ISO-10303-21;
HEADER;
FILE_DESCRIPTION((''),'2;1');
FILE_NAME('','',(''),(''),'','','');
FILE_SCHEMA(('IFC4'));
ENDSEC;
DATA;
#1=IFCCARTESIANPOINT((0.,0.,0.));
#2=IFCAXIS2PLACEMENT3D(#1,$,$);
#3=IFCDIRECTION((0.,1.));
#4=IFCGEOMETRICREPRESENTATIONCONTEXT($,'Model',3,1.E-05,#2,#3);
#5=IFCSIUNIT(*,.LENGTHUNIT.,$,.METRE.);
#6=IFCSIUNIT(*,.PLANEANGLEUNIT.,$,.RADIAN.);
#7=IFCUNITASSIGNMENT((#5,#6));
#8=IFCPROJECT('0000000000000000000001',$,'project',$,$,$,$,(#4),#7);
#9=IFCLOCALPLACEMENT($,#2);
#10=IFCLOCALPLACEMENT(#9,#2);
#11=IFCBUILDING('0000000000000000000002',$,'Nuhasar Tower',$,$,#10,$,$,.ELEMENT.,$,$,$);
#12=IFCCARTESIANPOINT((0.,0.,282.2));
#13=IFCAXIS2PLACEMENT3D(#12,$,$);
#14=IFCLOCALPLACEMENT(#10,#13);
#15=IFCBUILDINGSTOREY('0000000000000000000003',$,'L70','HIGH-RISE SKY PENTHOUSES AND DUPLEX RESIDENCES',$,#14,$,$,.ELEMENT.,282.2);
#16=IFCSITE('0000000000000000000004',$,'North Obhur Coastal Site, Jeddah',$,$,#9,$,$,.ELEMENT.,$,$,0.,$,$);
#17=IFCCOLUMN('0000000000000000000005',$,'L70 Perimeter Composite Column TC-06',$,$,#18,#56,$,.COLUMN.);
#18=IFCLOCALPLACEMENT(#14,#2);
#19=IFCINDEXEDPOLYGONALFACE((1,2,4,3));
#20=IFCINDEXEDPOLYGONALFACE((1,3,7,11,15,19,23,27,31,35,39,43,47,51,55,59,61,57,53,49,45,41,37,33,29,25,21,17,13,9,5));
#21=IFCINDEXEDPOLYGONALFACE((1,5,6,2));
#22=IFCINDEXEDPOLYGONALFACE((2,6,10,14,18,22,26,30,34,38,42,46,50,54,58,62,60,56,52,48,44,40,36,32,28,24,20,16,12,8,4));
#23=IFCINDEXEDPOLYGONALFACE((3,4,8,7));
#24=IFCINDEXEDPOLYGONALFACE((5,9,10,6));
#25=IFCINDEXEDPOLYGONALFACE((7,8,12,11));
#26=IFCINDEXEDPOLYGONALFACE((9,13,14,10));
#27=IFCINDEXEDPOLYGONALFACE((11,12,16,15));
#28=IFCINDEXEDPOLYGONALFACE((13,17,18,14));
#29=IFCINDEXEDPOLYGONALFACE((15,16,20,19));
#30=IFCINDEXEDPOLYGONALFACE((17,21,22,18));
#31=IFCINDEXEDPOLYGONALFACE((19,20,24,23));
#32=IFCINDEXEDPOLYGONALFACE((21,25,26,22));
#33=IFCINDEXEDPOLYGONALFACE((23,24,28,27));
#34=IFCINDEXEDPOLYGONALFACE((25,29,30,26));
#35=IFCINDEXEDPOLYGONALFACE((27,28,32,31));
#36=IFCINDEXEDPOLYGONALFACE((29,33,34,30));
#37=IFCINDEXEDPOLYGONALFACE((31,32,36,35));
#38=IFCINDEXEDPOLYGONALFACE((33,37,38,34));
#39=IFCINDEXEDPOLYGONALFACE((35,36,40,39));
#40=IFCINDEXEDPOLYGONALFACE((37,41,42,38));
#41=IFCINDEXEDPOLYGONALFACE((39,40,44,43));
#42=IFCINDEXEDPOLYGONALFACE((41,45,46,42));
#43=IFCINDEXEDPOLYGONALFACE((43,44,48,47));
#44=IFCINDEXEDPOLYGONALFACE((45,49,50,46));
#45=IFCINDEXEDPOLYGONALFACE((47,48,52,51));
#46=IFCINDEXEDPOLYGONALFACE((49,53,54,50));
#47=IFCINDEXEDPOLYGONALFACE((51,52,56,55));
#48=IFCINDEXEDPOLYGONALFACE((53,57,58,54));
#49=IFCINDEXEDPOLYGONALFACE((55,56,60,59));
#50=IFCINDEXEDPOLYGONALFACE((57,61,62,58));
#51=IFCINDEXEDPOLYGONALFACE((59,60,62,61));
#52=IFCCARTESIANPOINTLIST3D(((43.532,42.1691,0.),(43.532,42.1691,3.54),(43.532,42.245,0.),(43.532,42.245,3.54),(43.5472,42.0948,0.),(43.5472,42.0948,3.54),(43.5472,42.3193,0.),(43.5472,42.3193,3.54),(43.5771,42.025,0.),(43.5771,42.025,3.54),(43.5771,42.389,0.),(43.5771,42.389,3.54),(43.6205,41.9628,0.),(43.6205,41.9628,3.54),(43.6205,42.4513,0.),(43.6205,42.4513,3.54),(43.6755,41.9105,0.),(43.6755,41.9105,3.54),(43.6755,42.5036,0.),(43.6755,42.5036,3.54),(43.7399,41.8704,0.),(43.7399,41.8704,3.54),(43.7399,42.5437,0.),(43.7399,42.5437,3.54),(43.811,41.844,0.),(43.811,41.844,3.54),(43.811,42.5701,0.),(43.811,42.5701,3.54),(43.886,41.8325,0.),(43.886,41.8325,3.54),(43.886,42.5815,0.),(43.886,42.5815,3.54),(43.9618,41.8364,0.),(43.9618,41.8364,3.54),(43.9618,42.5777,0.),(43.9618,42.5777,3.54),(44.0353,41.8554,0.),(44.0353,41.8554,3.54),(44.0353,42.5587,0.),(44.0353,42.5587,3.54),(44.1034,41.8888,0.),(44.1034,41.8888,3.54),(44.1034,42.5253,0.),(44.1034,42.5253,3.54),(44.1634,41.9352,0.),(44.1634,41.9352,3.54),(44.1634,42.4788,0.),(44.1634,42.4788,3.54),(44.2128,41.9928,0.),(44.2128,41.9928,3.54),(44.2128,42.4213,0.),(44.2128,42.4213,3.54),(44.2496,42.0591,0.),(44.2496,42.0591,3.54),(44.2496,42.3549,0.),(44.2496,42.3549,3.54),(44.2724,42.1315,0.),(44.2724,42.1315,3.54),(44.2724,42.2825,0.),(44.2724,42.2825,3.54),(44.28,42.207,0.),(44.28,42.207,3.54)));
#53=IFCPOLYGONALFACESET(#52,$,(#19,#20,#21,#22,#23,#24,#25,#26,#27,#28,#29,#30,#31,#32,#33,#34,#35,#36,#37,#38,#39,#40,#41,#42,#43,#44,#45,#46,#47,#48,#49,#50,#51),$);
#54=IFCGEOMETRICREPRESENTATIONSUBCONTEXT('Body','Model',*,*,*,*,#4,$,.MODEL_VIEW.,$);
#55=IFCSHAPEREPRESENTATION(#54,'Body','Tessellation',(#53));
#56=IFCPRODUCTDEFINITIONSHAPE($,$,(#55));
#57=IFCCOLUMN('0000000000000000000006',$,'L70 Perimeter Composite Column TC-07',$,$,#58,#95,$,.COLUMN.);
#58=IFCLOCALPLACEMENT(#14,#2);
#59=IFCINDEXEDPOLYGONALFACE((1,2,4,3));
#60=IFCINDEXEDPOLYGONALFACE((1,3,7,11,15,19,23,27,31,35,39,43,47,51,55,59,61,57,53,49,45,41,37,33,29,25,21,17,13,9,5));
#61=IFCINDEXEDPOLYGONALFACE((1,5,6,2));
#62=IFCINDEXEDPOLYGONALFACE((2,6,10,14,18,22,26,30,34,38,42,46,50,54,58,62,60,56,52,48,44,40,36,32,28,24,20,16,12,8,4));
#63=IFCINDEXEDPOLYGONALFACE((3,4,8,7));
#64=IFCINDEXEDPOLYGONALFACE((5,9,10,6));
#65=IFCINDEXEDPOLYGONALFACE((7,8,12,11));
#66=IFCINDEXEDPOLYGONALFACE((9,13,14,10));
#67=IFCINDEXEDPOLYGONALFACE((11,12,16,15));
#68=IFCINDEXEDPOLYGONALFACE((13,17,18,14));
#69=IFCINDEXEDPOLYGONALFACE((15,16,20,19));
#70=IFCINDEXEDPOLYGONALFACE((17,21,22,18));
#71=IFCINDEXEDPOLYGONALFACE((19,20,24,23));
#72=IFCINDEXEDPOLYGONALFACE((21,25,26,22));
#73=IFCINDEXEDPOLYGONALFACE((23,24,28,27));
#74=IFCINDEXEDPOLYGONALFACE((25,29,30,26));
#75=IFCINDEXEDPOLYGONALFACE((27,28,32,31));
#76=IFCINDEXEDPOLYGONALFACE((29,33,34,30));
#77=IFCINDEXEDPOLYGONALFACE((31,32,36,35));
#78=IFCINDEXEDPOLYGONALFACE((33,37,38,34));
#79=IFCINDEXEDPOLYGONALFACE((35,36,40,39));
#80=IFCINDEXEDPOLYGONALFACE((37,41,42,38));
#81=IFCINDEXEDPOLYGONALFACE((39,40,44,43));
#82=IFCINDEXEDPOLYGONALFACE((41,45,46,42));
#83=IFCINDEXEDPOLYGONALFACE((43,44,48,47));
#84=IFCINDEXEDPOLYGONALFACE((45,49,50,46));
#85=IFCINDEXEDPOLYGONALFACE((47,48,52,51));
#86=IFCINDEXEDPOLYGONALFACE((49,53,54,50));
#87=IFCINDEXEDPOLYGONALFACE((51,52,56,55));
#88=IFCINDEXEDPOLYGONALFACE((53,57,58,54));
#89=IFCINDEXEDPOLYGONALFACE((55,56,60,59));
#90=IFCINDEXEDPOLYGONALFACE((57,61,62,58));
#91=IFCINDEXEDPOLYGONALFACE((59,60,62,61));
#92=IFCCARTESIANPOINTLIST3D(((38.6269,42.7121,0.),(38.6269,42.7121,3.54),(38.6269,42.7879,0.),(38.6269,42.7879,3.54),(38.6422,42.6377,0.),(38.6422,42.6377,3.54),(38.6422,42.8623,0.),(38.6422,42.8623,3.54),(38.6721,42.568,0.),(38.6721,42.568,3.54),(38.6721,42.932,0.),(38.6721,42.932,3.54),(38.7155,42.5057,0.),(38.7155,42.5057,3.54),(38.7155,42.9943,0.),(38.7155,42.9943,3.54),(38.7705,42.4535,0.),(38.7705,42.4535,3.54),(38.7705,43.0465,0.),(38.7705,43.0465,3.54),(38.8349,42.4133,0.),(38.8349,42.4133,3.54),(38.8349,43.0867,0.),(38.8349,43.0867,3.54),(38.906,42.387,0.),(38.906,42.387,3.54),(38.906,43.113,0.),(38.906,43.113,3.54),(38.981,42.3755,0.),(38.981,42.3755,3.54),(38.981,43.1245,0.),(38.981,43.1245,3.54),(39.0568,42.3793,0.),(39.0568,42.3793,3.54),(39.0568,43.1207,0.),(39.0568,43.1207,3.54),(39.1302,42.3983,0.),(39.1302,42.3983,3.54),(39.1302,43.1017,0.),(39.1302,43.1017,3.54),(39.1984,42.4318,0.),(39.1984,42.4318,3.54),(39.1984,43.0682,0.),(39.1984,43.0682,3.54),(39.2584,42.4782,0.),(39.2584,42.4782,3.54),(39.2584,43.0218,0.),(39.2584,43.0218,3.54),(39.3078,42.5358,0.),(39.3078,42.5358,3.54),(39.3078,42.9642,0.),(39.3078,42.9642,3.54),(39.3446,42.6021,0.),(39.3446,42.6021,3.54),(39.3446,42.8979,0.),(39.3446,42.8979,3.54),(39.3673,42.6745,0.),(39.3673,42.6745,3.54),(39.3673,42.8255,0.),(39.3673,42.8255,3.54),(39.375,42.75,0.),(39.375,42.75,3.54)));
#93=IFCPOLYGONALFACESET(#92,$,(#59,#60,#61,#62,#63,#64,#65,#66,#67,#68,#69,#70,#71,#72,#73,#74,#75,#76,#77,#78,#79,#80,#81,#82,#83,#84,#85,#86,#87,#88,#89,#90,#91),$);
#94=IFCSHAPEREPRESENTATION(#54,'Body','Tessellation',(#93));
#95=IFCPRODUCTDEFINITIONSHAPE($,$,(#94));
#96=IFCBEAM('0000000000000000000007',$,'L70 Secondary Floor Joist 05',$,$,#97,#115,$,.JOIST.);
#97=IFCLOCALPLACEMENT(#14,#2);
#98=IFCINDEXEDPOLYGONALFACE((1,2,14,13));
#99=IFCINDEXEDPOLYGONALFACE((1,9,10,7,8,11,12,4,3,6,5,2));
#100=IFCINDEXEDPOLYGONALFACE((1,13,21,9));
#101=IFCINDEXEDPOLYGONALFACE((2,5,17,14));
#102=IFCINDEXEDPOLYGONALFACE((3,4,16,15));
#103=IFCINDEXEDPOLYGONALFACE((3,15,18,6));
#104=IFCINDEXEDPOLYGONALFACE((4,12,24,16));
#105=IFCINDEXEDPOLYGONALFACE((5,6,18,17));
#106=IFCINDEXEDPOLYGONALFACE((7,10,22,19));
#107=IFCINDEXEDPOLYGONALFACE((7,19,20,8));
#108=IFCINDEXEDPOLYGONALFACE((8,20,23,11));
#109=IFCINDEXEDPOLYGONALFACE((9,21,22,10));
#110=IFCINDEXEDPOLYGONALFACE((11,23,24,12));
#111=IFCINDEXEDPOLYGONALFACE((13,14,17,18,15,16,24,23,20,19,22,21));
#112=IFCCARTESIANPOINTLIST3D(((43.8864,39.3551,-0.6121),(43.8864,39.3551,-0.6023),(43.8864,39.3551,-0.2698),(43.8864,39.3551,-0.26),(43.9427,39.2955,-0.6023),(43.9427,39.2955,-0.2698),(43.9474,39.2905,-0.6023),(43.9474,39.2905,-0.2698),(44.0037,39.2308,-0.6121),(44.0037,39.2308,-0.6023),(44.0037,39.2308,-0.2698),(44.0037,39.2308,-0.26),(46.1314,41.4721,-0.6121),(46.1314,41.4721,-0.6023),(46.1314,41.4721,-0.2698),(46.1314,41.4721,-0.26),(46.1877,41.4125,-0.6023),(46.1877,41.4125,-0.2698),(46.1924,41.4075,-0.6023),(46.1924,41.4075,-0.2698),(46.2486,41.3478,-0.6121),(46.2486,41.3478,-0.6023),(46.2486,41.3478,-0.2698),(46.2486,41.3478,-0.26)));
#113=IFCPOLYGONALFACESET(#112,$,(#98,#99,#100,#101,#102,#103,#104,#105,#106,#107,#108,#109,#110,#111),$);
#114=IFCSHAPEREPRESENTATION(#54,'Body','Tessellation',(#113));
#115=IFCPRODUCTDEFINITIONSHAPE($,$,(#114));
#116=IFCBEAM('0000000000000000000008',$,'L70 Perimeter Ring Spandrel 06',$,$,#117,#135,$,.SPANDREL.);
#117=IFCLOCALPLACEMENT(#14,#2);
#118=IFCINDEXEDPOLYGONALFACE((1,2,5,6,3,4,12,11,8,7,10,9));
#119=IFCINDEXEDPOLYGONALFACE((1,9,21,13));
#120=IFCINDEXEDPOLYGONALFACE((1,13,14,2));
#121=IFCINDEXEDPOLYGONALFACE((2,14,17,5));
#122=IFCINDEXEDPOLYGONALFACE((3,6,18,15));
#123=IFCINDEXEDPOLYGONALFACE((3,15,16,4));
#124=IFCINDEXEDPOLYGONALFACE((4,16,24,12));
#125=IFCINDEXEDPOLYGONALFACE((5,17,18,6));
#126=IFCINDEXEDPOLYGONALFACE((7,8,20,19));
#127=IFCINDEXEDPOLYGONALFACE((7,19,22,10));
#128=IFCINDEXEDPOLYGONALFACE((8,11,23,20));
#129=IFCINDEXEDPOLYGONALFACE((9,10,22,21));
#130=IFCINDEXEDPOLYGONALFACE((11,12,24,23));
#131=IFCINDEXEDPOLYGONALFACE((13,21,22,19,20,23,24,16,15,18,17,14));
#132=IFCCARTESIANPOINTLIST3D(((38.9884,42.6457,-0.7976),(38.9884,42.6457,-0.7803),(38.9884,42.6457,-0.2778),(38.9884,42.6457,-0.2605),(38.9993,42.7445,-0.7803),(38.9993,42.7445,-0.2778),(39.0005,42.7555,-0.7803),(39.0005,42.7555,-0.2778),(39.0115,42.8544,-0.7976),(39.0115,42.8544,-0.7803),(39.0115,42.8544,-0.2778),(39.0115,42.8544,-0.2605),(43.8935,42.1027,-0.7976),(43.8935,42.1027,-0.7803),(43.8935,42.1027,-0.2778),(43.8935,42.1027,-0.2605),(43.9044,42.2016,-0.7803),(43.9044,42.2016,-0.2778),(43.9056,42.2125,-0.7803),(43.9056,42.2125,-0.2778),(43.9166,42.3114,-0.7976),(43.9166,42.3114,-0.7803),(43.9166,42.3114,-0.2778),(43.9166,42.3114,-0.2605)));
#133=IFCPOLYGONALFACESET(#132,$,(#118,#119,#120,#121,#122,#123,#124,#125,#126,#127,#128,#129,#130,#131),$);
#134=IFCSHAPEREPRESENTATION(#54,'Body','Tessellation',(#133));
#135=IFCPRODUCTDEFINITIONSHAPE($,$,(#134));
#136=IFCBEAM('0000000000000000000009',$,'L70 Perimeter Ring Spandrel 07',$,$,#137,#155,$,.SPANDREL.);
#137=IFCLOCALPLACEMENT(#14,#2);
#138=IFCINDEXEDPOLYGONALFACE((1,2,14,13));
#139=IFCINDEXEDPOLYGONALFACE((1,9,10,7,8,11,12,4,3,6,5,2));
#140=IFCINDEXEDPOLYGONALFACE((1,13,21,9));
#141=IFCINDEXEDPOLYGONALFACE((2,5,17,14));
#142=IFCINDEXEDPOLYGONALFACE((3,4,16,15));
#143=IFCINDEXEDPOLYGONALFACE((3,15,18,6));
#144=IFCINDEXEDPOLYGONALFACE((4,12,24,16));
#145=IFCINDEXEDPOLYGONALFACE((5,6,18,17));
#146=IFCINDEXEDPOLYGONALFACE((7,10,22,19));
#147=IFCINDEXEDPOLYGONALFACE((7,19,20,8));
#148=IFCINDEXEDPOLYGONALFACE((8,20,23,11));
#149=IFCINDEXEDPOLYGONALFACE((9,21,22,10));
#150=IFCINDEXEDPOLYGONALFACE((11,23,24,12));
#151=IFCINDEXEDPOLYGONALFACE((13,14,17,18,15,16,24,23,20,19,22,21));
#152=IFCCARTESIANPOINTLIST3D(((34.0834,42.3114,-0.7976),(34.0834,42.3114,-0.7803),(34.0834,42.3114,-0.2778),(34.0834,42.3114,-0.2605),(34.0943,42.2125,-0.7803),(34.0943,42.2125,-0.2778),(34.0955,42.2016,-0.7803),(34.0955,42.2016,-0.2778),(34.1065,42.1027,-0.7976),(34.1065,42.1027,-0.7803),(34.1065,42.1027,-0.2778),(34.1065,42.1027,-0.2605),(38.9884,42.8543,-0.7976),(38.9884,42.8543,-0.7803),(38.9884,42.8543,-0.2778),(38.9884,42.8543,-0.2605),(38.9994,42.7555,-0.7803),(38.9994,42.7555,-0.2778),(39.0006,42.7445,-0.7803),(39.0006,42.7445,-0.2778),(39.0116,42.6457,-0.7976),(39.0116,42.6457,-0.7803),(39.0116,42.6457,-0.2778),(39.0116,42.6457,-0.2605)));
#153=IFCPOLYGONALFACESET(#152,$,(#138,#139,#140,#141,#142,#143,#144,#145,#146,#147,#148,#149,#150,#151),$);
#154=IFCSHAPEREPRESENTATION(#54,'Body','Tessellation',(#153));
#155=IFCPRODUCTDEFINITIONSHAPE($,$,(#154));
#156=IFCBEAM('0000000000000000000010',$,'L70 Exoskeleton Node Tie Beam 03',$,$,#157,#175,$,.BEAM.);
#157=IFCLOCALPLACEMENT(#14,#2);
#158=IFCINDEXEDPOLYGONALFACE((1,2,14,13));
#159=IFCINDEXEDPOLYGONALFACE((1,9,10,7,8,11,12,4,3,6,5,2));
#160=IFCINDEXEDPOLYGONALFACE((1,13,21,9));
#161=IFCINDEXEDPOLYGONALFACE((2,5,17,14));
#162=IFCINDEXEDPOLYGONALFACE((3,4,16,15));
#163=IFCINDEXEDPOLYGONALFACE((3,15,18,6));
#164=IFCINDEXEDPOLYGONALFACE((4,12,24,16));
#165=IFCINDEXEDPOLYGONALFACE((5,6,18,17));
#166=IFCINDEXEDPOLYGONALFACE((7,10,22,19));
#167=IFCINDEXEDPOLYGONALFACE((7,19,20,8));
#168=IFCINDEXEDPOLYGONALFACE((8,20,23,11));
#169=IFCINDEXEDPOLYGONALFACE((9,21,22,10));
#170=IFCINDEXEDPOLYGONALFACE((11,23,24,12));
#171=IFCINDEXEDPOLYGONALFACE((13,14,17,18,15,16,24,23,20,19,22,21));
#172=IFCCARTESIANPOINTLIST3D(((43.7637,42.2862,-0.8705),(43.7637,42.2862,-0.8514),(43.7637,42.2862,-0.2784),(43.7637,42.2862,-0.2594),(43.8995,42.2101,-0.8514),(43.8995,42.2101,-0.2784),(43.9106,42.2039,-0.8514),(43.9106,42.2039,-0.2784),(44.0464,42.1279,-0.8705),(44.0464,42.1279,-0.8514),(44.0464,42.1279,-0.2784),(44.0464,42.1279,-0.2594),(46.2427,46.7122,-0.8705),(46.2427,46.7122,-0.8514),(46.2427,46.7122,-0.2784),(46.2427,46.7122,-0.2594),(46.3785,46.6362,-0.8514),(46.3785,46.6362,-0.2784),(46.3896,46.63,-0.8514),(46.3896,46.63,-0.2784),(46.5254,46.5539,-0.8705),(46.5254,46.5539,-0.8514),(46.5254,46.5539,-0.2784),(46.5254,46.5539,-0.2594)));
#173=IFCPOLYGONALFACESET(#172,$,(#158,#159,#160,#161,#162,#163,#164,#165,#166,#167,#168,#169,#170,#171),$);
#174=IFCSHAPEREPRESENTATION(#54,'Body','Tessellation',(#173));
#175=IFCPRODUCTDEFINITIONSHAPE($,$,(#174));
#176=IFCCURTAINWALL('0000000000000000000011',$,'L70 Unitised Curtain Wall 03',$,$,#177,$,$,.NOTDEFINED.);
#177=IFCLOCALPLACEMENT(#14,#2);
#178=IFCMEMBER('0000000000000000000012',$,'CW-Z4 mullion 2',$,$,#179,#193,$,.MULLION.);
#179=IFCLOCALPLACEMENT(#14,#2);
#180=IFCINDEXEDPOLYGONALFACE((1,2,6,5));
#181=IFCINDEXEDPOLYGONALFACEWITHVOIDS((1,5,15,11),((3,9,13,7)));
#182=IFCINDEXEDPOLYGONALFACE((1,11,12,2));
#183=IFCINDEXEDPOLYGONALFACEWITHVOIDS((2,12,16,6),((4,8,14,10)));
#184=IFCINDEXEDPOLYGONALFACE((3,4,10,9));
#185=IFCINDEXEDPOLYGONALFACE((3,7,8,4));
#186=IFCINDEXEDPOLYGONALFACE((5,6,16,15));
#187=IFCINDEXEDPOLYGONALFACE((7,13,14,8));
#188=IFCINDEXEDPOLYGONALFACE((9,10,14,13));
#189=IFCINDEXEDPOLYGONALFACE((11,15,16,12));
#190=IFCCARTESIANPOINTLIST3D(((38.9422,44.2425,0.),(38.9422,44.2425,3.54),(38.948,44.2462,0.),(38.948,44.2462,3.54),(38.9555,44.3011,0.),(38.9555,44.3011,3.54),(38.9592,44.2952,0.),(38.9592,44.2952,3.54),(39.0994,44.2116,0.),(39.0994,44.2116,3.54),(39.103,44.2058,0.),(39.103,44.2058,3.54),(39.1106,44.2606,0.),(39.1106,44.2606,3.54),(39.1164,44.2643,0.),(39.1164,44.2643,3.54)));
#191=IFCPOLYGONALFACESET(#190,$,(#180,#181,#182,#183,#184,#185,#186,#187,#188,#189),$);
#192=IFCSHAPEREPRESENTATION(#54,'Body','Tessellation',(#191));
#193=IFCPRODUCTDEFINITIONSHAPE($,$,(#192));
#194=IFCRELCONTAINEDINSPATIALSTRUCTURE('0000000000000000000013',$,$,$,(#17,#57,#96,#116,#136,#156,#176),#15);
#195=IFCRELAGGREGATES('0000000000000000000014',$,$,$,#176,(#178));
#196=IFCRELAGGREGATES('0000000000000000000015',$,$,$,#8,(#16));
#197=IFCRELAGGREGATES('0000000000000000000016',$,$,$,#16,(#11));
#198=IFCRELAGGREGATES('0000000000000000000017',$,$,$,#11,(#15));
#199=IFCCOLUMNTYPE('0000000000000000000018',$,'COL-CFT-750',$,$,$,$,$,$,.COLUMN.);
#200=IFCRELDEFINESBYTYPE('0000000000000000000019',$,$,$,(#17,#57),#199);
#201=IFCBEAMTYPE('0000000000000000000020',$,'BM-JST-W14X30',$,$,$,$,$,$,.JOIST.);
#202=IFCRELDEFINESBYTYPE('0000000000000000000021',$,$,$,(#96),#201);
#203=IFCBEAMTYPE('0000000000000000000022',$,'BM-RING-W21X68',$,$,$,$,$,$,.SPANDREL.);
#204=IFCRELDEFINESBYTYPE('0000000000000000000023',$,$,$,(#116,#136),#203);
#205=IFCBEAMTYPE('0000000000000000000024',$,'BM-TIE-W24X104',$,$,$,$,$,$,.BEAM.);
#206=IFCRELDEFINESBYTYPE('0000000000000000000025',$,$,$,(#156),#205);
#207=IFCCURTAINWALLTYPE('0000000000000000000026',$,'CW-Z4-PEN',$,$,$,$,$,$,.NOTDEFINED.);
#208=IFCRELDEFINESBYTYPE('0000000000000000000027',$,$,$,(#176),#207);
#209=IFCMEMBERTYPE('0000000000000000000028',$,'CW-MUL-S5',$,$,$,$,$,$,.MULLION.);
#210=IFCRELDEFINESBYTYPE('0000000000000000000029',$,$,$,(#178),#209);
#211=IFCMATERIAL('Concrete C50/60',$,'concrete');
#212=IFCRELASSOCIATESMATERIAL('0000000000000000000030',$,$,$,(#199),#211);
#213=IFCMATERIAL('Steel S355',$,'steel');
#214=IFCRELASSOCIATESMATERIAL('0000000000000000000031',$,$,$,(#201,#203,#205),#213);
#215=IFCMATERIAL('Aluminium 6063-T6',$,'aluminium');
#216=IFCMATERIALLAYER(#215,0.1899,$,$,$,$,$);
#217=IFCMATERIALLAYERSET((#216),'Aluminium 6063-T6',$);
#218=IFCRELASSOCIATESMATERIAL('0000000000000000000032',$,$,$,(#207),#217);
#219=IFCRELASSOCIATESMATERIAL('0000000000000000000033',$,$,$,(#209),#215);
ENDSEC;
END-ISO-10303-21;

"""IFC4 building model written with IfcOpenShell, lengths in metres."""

from ifc_helpers import new_model, si_unit, direction, frame, origin, origin_2d, place, context, subcontext, project, spatial, hollow_rectangle, circle, i_section, extrude, material, layer, layer_set, material_profile, profile_set, type_object, element, aggregate, save


model = new_model("IFC4")

# Units and contexts
model_context = context("Model", 3, precision=1e-05, world=origin(), true_north=direction((0.0, 1.0)))
body_context = subcontext(model_context, "Body", "Model", "MODEL_VIEW")
ifc_project = project(units=[si_unit("LENGTHUNIT", "METRE"), si_unit("PLANEANGLEUNIT", "RADIAN")], contexts=[model_context])

# Site, building, storey
site_placement = place(None, origin())
site = spatial("IfcSite", under=ifc_project, at=site_placement, Name="North Obhur Coastal Site, Jeddah", CompositionType="ELEMENT", RefElevation=0.0)
building_placement = place(site_placement, origin())
building = spatial("IfcBuilding", under=site, at=building_placement, Name="Nuhasar Tower", CompositionType="ELEMENT")
storey_placement = place(building_placement, frame((0.0, 0.0, 282.2)))
storey = spatial("IfcBuildingStorey", under=building, at=storey_placement, Name="L70", Description="HIGH-RISE SKY PENTHOUSES AND DUPLEX RESIDENCES", CompositionType="ELEMENT", Elevation=282.2)

# Columns
ifc_material_1 = material(Name="Concrete C50/60", Category="concrete")
ifc_material_profile_1 = material_profile(ifc_material_1, circle(Radius=0.375, at=origin_2d()), Name="CFT750")
ifc_profile_set_1 = profile_set([ifc_material_profile_1], Name="Concrete C50/60")
column_type = type_object("IfcColumnType", Name="COL-CFT-750", PredefinedType="COLUMN", material=ifc_profile_set_1)
for number, where, z_axis, x_axis, name in (
    (1, (43.905, 42.207, 0.0), (0.0, 0.0, 1.0), (1.0, 0.0, 0.0), "L70 Perimeter Composite Column TC-06"),
    (2, (39.0, 42.75, 0.0), (0.0, 0.0, 1.0), (1.0, 0.0, 0.0), "L70 Perimeter Composite Column TC-07"),
):
    element("IfcColumn", number, at=place(storey_placement, frame(where, z_axis=z_axis, x_axis=x_axis)), inside=storey, type_object=column_type, Name=name, PredefinedType="COLUMN", context=body_context, shape_type="SweptSolid", body=[
        extrude(circle(Radius=0.375, at=origin_2d()), origin(), (0.0, 0.0, 1.0), 3.54),
    ])

# Beams
ifc_material_2 = material(Name="Steel S355", Category="steel")
ifc_material_profile_2 = material_profile(ifc_material_2, i_section(OverallWidth=0.1709, OverallDepth=0.3521, WebThickness=0.0068, FlangeThickness=0.0098, at=origin_2d()), Name="W14X30")
ifc_profile_set_2 = profile_set([ifc_material_profile_2], Name="Steel S355")
beam_type_1 = type_object("IfcBeamType", Name="BM-JST-W14X30", PredefinedType="JOIST", material=ifc_profile_set_2)
beam_1_placement = place(storey_placement, frame((43.9451, 39.293, -0.436), z_axis=(0.727533, 0.686073, 0.0), x_axis=(-0.686073, 0.727533, 0.0)))
element("IfcBeam", 3, at=beam_1_placement, inside=storey, type_object=beam_type_1, Name="L70 Secondary Floor Joist 05", PredefinedType="JOIST", context=body_context, shape_type="SweptSolid", body=[
    extrude(i_section(OverallWidth=0.1709, OverallDepth=0.3521, WebThickness=0.0068, FlangeThickness=0.0098, at=origin_2d()), origin(), (0.0, 0.0, 1.0), 3.0857),
])
ifc_material_profile_3 = material_profile(ifc_material_2, i_section(OverallWidth=0.21, OverallDepth=0.5371, WebThickness=0.011, FlangeThickness=0.0173, at=origin_2d()), Name="W21X68")
ifc_profile_set_3 = profile_set([ifc_material_profile_3], Name="Steel S355")
beam_type_2 = type_object("IfcBeamType", Name="BM-RING-W21X68", PredefinedType="SPANDREL", material=ifc_profile_set_3)
for number, where, z_axis, x_axis, name in (
    (4, (43.905, 42.207, -0.5291), (-0.993929, 0.110024, 0.0), (-0.110024, -0.993929, 0.0), "L70 Perimeter Ring Spandrel 06"),
    (5, (39.0, 42.75, -0.5291), (-0.993929, -0.110024, 0.0), (0.110024, -0.993929, 0.0), "L70 Perimeter Ring Spandrel 07"),
):
    element("IfcBeam", number, at=place(storey_placement, frame(where, z_axis=z_axis, x_axis=x_axis)), inside=storey, type_object=beam_type_2, Name=name, PredefinedType="SPANDREL", context=body_context, shape_type="SweptSolid", body=[
        extrude(i_section(OverallWidth=0.21, OverallDepth=0.5371, WebThickness=0.011, FlangeThickness=0.0173, at=origin_2d()), origin(), (0.0, 0.0, 1.0), 4.9351),
    ])
ifc_material_profile_4 = material_profile(ifc_material_2, i_section(OverallWidth=0.324, OverallDepth=0.6111, WebThickness=0.0127, FlangeThickness=0.019, at=origin_2d()), Name="W24X104")
ifc_profile_set_4 = profile_set([ifc_material_profile_4], Name="Steel S355")
beam_type_3 = type_object("IfcBeamType", Name="BM-TIE-W24X104", PredefinedType="BEAM", material=ifc_profile_set_4)
beam_2_placement = place(storey_placement, frame((43.905, 42.207, -0.5649), z_axis=(0.488668, 0.87247, 0.0), x_axis=(-0.87247, 0.488668, 0.0)))
element("IfcBeam", 6, at=beam_2_placement, inside=storey, type_object=beam_type_3, Name="L70 Exoskeleton Node Tie Beam 03", PredefinedType="BEAM", context=body_context, shape_type="SweptSolid", body=[
    extrude(i_section(OverallWidth=0.324, OverallDepth=0.6111, WebThickness=0.0127, FlangeThickness=0.019, at=origin_2d()), origin(), (0.0, 0.0, 1.0), 5.073),
])

# Curtain wall, member
ifc_material_3 = material(Name="Aluminium 6063-T6", Category="aluminium")
ifc_layer_1 = layer(ifc_material_3, 0.1899)
ifc_layer_set_1 = layer_set([ifc_layer_1], Name="Aluminium 6063-T6")
curtain_wall_type = type_object("IfcCurtainWallType", Name="CW-Z4-PEN", PredefinedType="NOTDEFINED", material=ifc_layer_set_1)
curtain_wall_1_placement = place(storey_placement, origin())
curtain_wall_1 = element("IfcCurtainWall", 7, at=curtain_wall_1_placement, inside=storey, type_object=curtain_wall_type, Name="L70 Unitised Curtain Wall 03", PredefinedType="NOTDEFINED")
ifc_material_profile_5 = material_profile(ifc_material_3, hollow_rectangle(XDim=0.0601, YDim=0.165, WallThickness=0.0049, at=origin_2d()), Name="CWM-5")
ifc_profile_set_5 = profile_set([ifc_material_profile_5], Name="Aluminium 6063-T6")
member_type_1 = type_object("IfcMemberType", Name="CW-MUL-S5", PredefinedType="MULLION", material=ifc_profile_set_5)
member_1_placement = place(storey_placement, frame((39.0293, 44.2534, 0.0), z_axis=(0.0, 0.0, 1.0), x_axis=(-0.222889, -0.974844, 0.0)))
member_1 = element("IfcMember", 8, at=member_1_placement, type_object=member_type_1, Name="CW-Z4 mullion 2", PredefinedType="MULLION", context=body_context, shape_type="SweptSolid", body=[
    extrude(hollow_rectangle(XDim=0.0601, YDim=0.165, WallThickness=0.0049, at=origin_2d()), origin(), (0.0, 0.0, 1.0), 3.54),
])

aggregate(curtain_wall_1, [member_1])

save(model, "model.ifc")
